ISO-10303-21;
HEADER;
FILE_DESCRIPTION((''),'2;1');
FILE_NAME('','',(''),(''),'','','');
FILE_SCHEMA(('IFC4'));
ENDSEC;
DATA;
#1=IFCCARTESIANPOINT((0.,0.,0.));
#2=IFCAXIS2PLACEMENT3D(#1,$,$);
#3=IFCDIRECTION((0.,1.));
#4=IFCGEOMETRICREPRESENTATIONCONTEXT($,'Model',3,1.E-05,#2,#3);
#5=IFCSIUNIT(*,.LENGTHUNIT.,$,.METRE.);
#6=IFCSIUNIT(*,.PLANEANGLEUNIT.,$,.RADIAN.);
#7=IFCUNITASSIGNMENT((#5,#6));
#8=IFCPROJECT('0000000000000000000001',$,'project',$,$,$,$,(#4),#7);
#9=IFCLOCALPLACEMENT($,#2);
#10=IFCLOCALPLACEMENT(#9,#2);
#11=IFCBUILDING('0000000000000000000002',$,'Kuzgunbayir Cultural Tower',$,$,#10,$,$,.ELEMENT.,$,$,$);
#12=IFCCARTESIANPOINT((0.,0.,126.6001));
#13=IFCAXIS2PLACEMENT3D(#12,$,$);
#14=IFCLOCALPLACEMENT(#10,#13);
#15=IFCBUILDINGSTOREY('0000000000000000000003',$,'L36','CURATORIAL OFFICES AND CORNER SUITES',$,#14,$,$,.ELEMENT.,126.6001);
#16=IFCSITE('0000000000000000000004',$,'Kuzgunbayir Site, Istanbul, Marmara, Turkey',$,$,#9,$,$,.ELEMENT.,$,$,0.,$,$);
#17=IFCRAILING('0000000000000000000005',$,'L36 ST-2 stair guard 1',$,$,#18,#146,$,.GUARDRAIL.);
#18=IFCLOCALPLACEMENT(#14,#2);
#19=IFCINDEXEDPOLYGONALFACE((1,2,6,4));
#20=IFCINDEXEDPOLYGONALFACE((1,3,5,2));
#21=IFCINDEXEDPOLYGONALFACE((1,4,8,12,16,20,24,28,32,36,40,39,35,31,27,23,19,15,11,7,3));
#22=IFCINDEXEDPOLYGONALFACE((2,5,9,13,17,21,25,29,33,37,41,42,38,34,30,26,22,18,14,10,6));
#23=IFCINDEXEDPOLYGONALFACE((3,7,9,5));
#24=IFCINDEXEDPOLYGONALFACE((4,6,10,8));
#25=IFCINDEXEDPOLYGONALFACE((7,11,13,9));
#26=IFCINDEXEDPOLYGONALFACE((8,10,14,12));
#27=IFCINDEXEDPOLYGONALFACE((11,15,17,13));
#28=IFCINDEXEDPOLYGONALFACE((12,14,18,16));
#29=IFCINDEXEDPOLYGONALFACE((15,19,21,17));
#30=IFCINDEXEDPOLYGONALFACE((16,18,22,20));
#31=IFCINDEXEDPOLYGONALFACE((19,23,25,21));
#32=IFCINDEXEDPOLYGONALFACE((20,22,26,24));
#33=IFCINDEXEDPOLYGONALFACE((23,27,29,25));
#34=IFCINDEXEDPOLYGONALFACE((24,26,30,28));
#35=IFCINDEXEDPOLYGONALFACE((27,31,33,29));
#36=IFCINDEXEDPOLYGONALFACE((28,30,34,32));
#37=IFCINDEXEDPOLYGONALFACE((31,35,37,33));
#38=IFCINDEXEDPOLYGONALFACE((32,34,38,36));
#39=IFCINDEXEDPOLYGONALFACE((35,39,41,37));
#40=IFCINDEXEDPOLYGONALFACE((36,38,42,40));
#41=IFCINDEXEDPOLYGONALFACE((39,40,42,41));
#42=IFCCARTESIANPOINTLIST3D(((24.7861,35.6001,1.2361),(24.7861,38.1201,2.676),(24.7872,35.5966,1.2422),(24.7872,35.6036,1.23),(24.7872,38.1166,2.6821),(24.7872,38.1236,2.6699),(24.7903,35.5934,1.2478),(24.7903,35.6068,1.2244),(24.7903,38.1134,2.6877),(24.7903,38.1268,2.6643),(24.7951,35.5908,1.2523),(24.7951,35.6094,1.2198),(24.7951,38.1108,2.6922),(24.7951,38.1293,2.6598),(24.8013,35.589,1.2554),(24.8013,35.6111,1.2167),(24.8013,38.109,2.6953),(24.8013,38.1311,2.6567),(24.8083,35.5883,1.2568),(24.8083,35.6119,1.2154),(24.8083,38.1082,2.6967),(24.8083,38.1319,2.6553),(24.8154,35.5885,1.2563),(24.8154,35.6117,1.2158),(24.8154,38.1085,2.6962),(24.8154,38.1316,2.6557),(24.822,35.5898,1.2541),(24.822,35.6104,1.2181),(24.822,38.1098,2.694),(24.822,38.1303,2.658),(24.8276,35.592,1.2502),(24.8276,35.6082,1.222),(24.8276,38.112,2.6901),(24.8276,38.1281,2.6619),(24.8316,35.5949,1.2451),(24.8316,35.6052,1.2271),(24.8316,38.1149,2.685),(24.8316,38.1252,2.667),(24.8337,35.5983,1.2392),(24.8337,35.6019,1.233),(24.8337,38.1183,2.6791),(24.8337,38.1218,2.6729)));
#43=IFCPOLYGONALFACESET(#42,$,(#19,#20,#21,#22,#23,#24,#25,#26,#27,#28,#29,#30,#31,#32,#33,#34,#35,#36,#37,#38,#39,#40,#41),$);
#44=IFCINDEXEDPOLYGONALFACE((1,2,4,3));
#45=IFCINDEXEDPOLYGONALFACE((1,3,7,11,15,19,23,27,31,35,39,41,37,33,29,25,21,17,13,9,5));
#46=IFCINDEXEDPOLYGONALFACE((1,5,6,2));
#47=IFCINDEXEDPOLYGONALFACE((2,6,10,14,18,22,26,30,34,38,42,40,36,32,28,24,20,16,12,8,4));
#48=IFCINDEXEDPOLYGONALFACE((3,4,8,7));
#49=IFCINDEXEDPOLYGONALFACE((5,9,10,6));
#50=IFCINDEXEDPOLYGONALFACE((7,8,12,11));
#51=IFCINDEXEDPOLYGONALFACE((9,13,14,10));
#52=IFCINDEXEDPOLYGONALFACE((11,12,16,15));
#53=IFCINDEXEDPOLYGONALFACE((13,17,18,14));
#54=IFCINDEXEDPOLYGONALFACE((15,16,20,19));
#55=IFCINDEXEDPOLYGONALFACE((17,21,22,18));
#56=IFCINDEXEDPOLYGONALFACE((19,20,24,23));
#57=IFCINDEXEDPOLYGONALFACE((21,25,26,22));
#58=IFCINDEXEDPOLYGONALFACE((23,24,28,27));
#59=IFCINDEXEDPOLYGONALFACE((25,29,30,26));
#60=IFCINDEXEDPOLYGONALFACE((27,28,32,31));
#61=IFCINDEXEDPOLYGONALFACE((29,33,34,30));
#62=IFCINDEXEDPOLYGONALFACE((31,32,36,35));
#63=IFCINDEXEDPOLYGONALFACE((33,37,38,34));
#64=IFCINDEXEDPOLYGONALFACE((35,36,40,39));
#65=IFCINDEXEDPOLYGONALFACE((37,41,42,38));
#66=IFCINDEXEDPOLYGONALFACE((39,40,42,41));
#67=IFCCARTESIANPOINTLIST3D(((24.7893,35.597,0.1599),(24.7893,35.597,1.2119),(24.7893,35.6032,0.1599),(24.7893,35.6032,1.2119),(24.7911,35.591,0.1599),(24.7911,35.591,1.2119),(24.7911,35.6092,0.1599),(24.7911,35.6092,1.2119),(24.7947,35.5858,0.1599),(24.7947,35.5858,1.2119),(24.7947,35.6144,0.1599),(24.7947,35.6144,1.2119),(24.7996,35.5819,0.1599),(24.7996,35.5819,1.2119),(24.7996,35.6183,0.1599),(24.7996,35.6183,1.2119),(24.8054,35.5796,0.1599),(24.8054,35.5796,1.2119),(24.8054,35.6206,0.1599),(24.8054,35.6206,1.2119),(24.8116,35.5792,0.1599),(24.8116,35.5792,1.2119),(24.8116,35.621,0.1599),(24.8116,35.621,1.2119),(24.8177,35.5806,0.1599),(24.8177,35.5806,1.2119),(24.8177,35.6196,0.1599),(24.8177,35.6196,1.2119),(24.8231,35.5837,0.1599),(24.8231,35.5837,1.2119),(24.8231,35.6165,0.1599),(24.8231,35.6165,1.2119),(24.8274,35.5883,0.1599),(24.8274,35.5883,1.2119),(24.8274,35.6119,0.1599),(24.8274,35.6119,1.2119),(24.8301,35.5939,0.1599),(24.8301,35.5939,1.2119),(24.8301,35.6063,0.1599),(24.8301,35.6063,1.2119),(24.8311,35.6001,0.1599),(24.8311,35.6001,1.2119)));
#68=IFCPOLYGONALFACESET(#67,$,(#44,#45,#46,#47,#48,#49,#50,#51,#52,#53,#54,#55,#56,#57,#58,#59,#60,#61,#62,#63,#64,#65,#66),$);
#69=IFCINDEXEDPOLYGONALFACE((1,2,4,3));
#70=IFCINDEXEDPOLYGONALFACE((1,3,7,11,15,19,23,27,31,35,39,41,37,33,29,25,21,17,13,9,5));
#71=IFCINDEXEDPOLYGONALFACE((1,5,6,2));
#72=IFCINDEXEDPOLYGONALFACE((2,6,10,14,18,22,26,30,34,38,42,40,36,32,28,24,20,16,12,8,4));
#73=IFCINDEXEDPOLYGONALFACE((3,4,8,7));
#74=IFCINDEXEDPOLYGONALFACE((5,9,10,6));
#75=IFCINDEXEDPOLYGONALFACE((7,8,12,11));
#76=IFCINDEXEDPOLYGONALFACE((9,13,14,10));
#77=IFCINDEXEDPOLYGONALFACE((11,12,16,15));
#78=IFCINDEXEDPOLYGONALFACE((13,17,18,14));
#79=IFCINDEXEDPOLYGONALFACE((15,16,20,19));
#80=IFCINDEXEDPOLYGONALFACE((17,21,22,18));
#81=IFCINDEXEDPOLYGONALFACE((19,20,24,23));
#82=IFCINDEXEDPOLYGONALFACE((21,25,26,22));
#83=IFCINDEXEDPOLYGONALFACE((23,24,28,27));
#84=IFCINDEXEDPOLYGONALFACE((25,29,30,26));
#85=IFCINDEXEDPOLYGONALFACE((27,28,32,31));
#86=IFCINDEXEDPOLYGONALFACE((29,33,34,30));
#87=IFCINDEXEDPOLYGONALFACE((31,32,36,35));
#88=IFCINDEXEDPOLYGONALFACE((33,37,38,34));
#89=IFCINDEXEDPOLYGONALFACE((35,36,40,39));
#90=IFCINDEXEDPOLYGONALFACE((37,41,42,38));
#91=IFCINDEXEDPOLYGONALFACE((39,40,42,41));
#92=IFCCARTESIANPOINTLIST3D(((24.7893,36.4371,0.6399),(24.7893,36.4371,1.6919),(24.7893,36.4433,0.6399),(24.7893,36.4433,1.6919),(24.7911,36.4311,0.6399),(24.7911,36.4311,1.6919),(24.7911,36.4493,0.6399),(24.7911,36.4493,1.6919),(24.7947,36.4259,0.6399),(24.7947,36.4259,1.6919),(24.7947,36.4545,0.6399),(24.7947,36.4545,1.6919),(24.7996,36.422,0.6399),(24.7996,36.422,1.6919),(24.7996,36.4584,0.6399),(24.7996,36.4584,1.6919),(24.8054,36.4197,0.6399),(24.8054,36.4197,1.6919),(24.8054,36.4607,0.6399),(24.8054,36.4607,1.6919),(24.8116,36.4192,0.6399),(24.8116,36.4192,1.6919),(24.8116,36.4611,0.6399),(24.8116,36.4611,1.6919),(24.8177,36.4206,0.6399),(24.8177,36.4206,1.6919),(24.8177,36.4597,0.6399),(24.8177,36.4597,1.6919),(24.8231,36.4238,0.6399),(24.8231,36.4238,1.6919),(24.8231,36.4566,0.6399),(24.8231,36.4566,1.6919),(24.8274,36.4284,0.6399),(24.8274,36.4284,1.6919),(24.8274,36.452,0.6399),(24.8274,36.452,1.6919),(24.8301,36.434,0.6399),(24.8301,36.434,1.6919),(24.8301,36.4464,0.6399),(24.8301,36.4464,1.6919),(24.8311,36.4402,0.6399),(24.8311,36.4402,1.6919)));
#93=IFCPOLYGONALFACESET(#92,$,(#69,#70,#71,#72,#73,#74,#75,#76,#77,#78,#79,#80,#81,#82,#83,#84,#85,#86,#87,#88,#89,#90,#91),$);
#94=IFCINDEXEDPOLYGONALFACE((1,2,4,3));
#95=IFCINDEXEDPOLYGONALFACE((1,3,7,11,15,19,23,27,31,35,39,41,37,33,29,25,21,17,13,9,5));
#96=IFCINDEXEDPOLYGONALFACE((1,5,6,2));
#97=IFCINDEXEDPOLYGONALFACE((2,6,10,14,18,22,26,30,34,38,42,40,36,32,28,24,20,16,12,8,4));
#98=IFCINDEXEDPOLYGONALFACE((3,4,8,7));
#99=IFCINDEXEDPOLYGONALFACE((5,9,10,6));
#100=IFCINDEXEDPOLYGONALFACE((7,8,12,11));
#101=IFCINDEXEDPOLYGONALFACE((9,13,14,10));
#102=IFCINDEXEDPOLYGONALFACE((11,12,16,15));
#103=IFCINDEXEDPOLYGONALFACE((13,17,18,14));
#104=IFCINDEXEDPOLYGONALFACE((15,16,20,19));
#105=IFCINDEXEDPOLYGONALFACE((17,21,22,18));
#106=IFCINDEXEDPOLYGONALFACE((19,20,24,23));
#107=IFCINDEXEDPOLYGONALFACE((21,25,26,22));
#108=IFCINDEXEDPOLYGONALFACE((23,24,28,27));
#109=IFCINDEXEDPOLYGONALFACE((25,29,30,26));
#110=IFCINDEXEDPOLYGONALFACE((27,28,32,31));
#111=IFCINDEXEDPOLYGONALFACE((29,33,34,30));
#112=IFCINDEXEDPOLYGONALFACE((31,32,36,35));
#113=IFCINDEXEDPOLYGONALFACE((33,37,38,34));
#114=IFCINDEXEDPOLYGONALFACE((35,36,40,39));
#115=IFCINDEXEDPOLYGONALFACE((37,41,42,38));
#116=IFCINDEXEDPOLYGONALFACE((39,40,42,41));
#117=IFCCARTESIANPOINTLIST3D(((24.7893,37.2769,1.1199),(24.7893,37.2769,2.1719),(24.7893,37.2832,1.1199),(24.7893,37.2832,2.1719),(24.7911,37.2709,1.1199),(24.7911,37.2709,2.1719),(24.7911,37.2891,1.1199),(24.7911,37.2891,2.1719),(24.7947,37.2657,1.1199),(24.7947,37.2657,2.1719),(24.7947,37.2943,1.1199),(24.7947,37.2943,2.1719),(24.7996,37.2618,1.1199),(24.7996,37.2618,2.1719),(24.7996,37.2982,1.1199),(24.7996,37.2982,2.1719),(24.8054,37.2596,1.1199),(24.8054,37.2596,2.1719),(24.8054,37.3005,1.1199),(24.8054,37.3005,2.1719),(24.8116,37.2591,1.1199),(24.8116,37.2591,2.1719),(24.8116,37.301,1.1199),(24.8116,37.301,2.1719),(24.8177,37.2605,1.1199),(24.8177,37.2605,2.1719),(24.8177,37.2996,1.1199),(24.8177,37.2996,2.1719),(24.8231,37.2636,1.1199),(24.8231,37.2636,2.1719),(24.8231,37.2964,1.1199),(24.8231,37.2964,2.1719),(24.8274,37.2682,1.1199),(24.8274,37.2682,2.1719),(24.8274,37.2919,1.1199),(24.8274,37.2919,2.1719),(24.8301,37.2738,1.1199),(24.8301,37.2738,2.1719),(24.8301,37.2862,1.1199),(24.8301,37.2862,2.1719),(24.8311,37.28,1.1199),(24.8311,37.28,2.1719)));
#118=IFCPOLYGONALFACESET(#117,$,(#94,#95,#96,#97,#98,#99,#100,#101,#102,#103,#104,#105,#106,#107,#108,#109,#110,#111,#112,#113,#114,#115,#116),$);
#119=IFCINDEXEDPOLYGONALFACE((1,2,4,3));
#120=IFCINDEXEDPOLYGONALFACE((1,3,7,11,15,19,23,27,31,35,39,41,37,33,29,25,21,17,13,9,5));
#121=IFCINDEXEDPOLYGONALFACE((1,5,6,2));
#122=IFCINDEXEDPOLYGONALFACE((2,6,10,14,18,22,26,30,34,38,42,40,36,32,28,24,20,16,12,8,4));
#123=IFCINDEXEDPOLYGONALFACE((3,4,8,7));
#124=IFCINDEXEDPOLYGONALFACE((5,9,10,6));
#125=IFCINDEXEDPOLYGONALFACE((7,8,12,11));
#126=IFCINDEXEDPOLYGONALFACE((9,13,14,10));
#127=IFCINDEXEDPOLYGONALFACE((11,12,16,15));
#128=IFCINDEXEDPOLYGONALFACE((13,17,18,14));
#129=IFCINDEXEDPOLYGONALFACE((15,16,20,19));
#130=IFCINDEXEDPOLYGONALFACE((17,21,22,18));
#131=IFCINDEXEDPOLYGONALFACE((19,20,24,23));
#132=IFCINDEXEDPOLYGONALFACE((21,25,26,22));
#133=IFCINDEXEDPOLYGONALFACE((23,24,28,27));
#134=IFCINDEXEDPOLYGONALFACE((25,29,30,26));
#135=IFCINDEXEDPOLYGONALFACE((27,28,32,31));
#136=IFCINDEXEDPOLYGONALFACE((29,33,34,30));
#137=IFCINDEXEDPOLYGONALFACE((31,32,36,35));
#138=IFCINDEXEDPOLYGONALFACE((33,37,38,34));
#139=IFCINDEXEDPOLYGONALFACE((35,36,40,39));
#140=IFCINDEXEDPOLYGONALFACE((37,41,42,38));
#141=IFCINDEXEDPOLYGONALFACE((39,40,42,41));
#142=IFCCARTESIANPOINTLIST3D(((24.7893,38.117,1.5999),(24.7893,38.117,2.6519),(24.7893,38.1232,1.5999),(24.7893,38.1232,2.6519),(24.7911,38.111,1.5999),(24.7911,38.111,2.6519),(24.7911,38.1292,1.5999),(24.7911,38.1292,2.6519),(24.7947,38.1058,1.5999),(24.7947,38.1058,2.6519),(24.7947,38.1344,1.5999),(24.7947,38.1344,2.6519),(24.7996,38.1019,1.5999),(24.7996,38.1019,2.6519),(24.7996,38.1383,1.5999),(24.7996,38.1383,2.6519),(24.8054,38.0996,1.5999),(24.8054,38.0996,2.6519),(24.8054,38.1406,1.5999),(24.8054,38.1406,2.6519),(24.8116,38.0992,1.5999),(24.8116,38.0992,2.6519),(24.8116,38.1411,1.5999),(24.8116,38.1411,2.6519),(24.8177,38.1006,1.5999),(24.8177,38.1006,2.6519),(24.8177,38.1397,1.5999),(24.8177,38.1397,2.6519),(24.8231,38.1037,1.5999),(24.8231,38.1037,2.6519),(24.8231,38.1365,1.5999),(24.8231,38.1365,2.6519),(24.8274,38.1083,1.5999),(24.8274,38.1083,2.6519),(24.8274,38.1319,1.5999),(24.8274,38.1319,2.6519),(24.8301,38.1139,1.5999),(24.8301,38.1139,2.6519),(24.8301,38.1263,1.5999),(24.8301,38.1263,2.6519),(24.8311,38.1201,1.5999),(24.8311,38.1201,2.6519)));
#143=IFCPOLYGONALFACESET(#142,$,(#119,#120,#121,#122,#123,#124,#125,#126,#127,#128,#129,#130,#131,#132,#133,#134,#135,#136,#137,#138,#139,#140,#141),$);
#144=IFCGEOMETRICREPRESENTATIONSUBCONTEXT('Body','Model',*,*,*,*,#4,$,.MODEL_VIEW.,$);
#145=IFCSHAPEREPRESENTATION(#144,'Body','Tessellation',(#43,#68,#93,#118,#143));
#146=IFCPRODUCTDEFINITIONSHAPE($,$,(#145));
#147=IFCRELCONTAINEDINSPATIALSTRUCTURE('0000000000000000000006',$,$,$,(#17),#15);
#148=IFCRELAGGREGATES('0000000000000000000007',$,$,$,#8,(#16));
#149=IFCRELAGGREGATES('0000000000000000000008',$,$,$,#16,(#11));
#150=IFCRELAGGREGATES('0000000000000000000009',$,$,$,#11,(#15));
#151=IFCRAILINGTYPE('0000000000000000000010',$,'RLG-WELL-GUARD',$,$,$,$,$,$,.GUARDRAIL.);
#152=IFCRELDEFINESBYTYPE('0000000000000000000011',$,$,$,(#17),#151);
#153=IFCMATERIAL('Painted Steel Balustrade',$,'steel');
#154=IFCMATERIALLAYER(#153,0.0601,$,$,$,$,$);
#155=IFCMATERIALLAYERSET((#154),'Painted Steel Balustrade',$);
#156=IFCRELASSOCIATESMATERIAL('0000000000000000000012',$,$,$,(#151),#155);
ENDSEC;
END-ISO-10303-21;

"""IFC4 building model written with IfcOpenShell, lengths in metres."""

from ifc_helpers import new_model, si_unit, direction, frame, origin, origin_2d, place, context, subcontext, project, spatial, circle, extrude, material, layer, layer_set, type_object, element, save


model = new_model("IFC4")

# Units and contexts
model_context = context("Model", 3, precision=1e-05, world=origin(), true_north=direction((0.0, 1.0)))
body_context = subcontext(model_context, "Body", "Model", "MODEL_VIEW")
ifc_project = project(units=[si_unit("LENGTHUNIT", "METRE"), si_unit("PLANEANGLEUNIT", "RADIAN")], contexts=[model_context])

# Site, building, storey
site_placement = place(None, origin())
site = spatial("IfcSite", under=ifc_project, at=site_placement, Name="Kuzgunbayir Site, Istanbul, Marmara, Turkey", CompositionType="ELEMENT", RefElevation=0.0)
building_placement = place(site_placement, origin())
building = spatial("IfcBuilding", under=site, at=building_placement, Name="Kuzgunbayir Cultural Tower", CompositionType="ELEMENT")
storey_placement = place(building_placement, frame((0.0, 0.0, 126.6001)))
storey = spatial("IfcBuildingStorey", under=building, at=storey_placement, Name="L36", Description="CURATORIAL OFFICES AND CORNER SUITES", CompositionType="ELEMENT", Elevation=126.6001)

# Railing
ifc_material_1 = material(Name="Painted Steel Balustrade", Category="steel")
ifc_layer_1 = layer(ifc_material_1, 0.0601)
ifc_layer_set_1 = layer_set([ifc_layer_1], Name="Painted Steel Balustrade")
railing_type_1 = type_object("IfcRailingType", Name="RLG-WELL-GUARD", PredefinedType="GUARDRAIL", material=ifc_layer_set_1)
railing_1_placement = place(storey_placement, frame((24.8101, 35.6001, 0.1599)))
element("IfcRailing", 1, at=railing_1_placement, inside=storey, type_object=railing_type_1, Name="L36 ST-2 stair guard 1", PredefinedType="GUARDRAIL", context=body_context, shape_type="SweptSolid", body=[
    extrude(circle(Radius=0.0239, at=origin_2d()), frame((0.0, 0.0, 1.0762), z_axis=(0.0, 0.868253, 0.496121), x_axis=(-1.0, 0.0, 0.0)), (0.0, 0.0, 1.0), 2.9023),
    extrude(circle(Radius=0.021, at=origin_2d()), origin(), (0.0, 0.0, 1.0), 1.052),
    extrude(circle(Radius=0.021, at=origin_2d()), frame((0.0, 0.8401, 0.48)), (0.0, 0.0, 1.0), 1.052),
    extrude(circle(Radius=0.021, at=origin_2d()), frame((0.0, 1.6799, 0.96)), (0.0, 0.0, 1.0), 1.052),
    extrude(circle(Radius=0.021, at=origin_2d()), frame((0.0, 2.52, 1.4399)), (0.0, 0.0, 1.0), 1.052),
])

save(model, "model.ifc")
